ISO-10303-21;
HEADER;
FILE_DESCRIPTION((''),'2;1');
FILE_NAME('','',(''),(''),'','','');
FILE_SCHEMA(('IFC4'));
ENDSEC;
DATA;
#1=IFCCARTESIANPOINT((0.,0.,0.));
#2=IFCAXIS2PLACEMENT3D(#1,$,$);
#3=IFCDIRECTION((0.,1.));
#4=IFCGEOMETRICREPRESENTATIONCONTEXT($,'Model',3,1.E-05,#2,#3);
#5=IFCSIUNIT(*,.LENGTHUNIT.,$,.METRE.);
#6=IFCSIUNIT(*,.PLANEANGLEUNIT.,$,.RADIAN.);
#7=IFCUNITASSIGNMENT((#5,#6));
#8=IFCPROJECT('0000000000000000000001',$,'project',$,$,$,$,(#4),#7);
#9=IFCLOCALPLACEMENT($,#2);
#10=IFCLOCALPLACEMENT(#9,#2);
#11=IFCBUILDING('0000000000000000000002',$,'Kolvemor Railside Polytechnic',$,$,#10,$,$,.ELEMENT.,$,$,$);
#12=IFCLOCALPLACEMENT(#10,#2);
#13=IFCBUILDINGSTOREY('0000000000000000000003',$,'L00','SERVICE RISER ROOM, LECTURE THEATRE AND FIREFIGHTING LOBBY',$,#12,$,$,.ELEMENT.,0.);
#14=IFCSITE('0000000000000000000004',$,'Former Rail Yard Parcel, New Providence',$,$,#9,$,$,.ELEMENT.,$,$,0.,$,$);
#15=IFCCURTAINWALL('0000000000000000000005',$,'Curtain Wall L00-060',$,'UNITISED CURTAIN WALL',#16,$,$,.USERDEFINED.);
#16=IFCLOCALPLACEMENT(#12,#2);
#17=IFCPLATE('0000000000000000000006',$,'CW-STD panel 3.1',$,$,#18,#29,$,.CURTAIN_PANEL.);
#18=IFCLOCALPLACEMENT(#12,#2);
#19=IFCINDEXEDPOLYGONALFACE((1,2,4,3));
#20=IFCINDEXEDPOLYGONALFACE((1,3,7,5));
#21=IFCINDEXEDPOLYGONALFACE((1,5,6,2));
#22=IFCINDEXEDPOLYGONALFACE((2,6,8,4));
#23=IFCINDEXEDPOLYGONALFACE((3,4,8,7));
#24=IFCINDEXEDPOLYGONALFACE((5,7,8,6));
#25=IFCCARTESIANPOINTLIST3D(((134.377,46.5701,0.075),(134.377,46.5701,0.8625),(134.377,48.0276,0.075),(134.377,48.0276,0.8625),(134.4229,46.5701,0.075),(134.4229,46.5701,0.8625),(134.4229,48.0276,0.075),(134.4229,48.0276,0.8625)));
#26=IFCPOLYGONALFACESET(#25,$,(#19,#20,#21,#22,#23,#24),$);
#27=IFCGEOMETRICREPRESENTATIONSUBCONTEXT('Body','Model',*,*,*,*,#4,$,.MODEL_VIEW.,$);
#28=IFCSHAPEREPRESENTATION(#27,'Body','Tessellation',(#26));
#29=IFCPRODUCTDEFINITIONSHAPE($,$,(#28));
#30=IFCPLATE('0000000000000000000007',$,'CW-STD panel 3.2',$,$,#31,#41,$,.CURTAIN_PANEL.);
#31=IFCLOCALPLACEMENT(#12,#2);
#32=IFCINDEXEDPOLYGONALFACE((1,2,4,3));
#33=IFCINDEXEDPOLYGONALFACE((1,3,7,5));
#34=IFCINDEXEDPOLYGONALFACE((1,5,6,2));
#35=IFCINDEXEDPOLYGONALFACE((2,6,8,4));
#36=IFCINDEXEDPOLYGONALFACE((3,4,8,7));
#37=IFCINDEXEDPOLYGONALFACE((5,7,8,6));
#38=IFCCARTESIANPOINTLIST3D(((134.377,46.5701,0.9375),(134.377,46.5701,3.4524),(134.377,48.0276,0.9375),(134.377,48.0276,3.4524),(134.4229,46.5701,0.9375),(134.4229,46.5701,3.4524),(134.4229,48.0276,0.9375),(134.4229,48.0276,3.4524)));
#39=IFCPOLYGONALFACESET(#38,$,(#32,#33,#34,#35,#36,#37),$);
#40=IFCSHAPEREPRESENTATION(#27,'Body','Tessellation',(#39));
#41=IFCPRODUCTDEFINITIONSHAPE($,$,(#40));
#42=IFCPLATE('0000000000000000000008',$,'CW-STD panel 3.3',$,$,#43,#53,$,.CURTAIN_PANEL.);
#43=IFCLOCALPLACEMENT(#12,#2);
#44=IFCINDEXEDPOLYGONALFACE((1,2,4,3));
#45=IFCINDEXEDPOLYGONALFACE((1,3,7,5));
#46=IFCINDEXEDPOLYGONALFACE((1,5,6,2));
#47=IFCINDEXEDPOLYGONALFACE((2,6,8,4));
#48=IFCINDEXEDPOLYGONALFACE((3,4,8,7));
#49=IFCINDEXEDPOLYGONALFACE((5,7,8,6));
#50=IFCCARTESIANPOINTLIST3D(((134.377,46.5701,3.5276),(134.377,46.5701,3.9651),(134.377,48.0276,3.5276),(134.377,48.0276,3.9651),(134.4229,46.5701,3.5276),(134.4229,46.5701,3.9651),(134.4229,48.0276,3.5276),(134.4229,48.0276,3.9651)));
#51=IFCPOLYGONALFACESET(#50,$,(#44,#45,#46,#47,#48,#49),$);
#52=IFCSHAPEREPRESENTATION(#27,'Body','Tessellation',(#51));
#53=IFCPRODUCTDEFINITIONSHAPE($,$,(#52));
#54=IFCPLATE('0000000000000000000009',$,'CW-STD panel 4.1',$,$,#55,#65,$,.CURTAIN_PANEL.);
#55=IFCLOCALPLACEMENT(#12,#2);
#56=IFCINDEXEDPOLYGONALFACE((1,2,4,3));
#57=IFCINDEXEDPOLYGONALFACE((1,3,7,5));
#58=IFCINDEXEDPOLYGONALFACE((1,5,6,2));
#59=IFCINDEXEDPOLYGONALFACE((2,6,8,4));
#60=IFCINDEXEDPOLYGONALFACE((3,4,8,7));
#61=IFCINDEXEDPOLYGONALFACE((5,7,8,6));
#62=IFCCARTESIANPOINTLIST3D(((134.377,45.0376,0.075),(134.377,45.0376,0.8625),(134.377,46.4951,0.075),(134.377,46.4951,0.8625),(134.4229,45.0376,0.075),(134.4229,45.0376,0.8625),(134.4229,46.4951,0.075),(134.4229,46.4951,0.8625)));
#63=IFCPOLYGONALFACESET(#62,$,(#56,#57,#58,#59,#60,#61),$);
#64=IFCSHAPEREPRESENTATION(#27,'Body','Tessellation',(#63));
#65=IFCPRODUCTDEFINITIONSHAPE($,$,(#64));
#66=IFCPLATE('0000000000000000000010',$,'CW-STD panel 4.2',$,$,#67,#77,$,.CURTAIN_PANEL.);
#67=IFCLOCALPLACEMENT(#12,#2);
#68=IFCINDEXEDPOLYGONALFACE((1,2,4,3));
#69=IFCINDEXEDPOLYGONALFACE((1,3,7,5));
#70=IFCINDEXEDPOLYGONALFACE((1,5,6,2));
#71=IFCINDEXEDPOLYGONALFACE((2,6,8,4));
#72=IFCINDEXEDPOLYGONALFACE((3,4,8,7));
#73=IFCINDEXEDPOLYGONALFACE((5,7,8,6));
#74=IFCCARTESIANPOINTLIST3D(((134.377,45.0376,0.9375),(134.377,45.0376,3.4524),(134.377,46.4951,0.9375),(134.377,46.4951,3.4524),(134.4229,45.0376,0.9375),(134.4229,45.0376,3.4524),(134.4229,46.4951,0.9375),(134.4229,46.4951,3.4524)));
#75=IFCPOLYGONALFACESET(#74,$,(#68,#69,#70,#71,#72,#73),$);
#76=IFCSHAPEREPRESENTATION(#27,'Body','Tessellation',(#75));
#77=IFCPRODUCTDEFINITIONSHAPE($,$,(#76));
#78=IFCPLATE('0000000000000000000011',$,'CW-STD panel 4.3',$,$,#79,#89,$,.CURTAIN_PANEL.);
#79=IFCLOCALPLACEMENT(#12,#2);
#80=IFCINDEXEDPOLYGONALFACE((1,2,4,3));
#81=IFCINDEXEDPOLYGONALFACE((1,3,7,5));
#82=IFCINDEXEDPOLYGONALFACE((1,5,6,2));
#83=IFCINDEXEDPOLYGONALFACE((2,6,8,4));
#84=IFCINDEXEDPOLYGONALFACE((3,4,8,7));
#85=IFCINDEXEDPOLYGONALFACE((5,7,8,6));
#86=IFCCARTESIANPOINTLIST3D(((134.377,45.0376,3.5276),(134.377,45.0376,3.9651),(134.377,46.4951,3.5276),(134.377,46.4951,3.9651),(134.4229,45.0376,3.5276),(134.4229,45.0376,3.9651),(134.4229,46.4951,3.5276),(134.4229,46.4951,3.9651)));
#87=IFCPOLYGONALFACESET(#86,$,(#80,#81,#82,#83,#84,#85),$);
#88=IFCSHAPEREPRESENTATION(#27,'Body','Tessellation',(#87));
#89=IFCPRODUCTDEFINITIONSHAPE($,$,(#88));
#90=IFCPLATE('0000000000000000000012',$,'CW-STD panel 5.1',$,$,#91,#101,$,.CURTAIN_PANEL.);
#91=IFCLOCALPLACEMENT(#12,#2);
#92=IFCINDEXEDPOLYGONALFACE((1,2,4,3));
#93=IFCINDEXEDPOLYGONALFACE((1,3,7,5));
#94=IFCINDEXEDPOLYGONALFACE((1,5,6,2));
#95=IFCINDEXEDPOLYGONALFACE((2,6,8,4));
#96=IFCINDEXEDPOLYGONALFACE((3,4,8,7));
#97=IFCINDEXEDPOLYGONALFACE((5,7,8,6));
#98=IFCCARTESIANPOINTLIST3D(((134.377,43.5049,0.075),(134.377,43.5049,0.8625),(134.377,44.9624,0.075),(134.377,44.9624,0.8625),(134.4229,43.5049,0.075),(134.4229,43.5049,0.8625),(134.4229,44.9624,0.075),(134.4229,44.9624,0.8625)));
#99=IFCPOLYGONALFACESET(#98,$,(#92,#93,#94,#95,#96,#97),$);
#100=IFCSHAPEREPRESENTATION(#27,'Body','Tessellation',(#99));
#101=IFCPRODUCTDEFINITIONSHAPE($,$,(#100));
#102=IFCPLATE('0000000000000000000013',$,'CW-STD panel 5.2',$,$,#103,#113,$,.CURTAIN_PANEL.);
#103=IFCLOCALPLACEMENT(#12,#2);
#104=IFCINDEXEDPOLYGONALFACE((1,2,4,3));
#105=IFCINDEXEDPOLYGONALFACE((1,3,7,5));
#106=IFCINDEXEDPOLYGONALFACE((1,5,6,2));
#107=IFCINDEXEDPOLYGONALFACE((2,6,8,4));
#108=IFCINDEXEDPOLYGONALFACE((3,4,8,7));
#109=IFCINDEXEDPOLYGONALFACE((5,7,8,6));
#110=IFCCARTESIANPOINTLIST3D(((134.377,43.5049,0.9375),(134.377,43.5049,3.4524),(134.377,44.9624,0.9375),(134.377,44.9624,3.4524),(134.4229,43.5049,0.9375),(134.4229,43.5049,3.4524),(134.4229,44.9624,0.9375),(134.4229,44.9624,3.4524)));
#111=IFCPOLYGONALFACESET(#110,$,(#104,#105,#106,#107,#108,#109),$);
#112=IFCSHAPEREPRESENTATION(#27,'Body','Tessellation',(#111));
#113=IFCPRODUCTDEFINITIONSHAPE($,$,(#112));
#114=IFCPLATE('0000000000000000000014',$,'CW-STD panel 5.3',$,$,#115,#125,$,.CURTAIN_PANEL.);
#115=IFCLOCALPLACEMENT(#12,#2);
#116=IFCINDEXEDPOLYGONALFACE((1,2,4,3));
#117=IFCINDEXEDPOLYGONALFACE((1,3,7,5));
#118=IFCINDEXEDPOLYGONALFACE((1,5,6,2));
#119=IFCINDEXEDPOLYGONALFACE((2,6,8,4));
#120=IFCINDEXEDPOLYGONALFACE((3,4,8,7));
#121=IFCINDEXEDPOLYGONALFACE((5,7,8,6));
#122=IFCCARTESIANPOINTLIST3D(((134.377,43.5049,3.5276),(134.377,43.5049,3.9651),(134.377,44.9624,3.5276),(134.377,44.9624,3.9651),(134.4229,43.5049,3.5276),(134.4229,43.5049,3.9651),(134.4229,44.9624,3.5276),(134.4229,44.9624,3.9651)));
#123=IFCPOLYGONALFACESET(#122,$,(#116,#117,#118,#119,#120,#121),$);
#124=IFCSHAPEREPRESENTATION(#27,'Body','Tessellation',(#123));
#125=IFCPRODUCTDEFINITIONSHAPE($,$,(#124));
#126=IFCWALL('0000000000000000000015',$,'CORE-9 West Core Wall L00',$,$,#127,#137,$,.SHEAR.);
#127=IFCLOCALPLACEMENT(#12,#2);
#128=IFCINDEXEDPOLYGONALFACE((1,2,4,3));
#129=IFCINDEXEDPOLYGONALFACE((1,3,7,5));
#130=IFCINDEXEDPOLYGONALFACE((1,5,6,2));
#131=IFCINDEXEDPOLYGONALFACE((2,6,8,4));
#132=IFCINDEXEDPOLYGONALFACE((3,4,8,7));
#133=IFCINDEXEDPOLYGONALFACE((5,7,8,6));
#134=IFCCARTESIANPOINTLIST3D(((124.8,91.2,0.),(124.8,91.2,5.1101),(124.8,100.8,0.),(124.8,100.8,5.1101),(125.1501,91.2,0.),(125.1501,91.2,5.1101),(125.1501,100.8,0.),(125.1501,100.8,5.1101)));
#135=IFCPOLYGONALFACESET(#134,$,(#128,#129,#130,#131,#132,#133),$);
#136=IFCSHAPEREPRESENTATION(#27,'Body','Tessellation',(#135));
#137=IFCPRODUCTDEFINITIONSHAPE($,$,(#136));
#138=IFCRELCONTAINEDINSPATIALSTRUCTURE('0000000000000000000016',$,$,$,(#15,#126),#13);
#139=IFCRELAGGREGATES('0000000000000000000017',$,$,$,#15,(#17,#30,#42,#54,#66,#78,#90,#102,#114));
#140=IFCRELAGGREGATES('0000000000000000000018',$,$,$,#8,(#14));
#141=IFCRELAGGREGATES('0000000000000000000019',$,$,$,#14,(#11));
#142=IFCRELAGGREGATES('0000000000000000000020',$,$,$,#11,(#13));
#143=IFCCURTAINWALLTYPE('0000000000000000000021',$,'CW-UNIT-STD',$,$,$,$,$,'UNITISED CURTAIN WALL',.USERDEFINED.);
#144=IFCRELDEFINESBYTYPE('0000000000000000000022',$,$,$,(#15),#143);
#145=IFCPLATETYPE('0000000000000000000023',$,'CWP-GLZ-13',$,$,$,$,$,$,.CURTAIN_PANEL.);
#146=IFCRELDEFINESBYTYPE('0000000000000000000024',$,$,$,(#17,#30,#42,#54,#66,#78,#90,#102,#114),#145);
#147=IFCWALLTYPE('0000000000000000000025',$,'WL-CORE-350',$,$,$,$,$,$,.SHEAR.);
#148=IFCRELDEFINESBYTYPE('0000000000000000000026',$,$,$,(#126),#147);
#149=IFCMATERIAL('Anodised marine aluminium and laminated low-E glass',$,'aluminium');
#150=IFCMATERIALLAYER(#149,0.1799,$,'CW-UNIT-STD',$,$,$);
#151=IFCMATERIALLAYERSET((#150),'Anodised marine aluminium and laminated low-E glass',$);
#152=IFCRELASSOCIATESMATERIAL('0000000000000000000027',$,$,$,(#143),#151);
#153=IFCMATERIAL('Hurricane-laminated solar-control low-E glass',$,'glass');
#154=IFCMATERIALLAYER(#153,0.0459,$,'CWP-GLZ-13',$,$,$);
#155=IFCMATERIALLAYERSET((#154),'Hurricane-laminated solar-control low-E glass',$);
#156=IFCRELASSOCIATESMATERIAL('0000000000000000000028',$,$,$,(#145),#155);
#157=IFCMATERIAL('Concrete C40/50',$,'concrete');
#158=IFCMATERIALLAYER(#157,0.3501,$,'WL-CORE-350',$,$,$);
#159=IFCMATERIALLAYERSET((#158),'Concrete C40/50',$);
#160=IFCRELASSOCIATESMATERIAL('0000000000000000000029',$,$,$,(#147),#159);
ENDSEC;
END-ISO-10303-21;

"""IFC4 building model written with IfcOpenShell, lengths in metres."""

from ifc_helpers import new_model, si_unit, direction, frame, frame_2d, origin, origin_2d, place, context, subcontext, project, spatial, rectangle, extrude, material, layer, layer_set, type_object, element, aggregate, save


model = new_model("IFC4")

# Units and contexts
model_context = context("Model", 3, precision=1e-05, world=origin(), true_north=direction((0.0, 1.0)))
body_context = subcontext(model_context, "Body", "Model", "MODEL_VIEW")
ifc_project = project(units=[si_unit("LENGTHUNIT", "METRE"), si_unit("PLANEANGLEUNIT", "RADIAN")], contexts=[model_context])

# Site, building, storey
site_placement = place(None, origin())
site = spatial("IfcSite", under=ifc_project, at=site_placement, Name="Former Rail Yard Parcel, New Providence", CompositionType="ELEMENT", RefElevation=0.0)
building_placement = place(site_placement, origin())
building = spatial("IfcBuilding", under=site, at=building_placement, Name="Kolvemor Railside Polytechnic", CompositionType="ELEMENT")
storey_placement = place(building_placement, origin())
storey = spatial("IfcBuildingStorey", under=building, at=storey_placement, Name="L00", Description="SERVICE RISER ROOM, LECTURE THEATRE AND FIREFIGHTING LOBBY", CompositionType="ELEMENT", Elevation=0.0)

# Curtain wall, plates
ifc_material_1 = material(Name="Anodised marine aluminium and laminated low-E glass", Category="aluminium")
ifc_layer_1 = layer(ifc_material_1, 0.1799, Name="CW-UNIT-STD")
ifc_layer_set_1 = layer_set([ifc_layer_1], Name="Anodised marine aluminium and laminated low-E glass")
curtain_wall_type = type_object("IfcCurtainWallType", Name="CW-UNIT-STD", ElementType="UNITISED CURTAIN WALL", PredefinedType="USERDEFINED", material=ifc_layer_set_1)
curtain_wall_placement = place(storey_placement, origin())
curtain_wall = element("IfcCurtainWall", 1, at=curtain_wall_placement, inside=storey, type_object=curtain_wall_type, Name="Curtain Wall L00-060", ObjectType="UNITISED CURTAIN WALL", PredefinedType="USERDEFINED")
ifc_material_2 = material(Name="Hurricane-laminated solar-control low-E glass", Category="glass")
ifc_layer_2 = layer(ifc_material_2, 0.0459, Name="CWP-GLZ-13")
ifc_layer_set_2 = layer_set([ifc_layer_2], Name="Hurricane-laminated solar-control low-E glass")
plate_type = type_object("IfcPlateType", Name="CWP-GLZ-13", PredefinedType="CURTAIN_PANEL", material=ifc_layer_set_2)
plate_1_placement = place(storey_placement, frame((134.3999, 47.2988, 0.075), z_axis=(0.0, 0.0, 1.0), x_axis=(0.0, -1.0, 0.0)))
plate_1 = element("IfcPlate", 2, at=plate_1_placement, type_object=plate_type, Name="CW-STD panel 3.1", PredefinedType="CURTAIN_PANEL", context=body_context, shape_type="SweptSolid", body=[
    extrude(rectangle(XDim=1.4575, YDim=0.0459, at=origin_2d()), origin(), (0.0, 0.0, 1.0), 0.7876),
])
plate_2_placement = place(storey_placement, frame((134.3999, 47.2988, 0.9375), z_axis=(0.0, 0.0, 1.0), x_axis=(0.0, -1.0, 0.0)))
plate_2 = element("IfcPlate", 3, at=plate_2_placement, type_object=plate_type, Name="CW-STD panel 3.2", PredefinedType="CURTAIN_PANEL", context=body_context, shape_type="SweptSolid", body=[
    extrude(rectangle(XDim=1.4575, YDim=0.0459, at=origin_2d()), origin(), (0.0, 0.0, 1.0), 2.5149),
])
plate_3_placement = place(storey_placement, frame((134.3999, 47.2988, 3.5276), z_axis=(0.0, 0.0, 1.0), x_axis=(0.0, -1.0, 0.0)))
plate_3 = element("IfcPlate", 4, at=plate_3_placement, type_object=plate_type, Name="CW-STD panel 3.3", PredefinedType="CURTAIN_PANEL", context=body_context, shape_type="SweptSolid", body=[
    extrude(rectangle(XDim=1.4575, YDim=0.0459, at=origin_2d()), origin(), (0.0, 0.0, 1.0), 0.4375),
])
plate_4_placement = place(storey_placement, frame((134.3999, 45.7664, 0.075), z_axis=(0.0, 0.0, 1.0), x_axis=(0.0, -1.0, 0.0)))
plate_4 = element("IfcPlate", 5, at=plate_4_placement, type_object=plate_type, Name="CW-STD panel 4.1", PredefinedType="CURTAIN_PANEL", context=body_context, shape_type="SweptSolid", body=[
    extrude(rectangle(XDim=1.4575, YDim=0.0459, at=origin_2d()), origin(), (0.0, 0.0, 1.0), 0.7876),
])
plate_5_placement = place(storey_placement, frame((134.3999, 45.7664, 0.9375), z_axis=(0.0, 0.0, 1.0), x_axis=(0.0, -1.0, 0.0)))
plate_5 = element("IfcPlate", 6, at=plate_5_placement, type_object=plate_type, Name="CW-STD panel 4.2", PredefinedType="CURTAIN_PANEL", context=body_context, shape_type="SweptSolid", body=[
    extrude(rectangle(XDim=1.4575, YDim=0.0459, at=origin_2d()), origin(), (0.0, 0.0, 1.0), 2.5149),
])
plate_6_placement = place(storey_placement, frame((134.3999, 45.7664, 3.5276), z_axis=(0.0, 0.0, 1.0), x_axis=(0.0, -1.0, 0.0)))
plate_6 = element("IfcPlate", 7, at=plate_6_placement, type_object=plate_type, Name="CW-STD panel 4.3", PredefinedType="CURTAIN_PANEL", context=body_context, shape_type="SweptSolid", body=[
    extrude(rectangle(XDim=1.4575, YDim=0.0459, at=origin_2d()), origin(), (0.0, 0.0, 1.0), 0.4375),
])
plate_7_placement = place(storey_placement, frame((134.3999, 44.2336, 0.075), z_axis=(0.0, 0.0, 1.0), x_axis=(0.0, -1.0, 0.0)))
plate_7 = element("IfcPlate", 8, at=plate_7_placement, type_object=plate_type, Name="CW-STD panel 5.1", PredefinedType="CURTAIN_PANEL", context=body_context, shape_type="SweptSolid", body=[
    extrude(rectangle(XDim=1.4575, YDim=0.0459, at=origin_2d()), origin(), (0.0, 0.0, 1.0), 0.7876),
])
plate_8_placement = place(storey_placement, frame((134.3999, 44.2336, 0.9375), z_axis=(0.0, 0.0, 1.0), x_axis=(0.0, -1.0, 0.0)))
plate_8 = element("IfcPlate", 9, at=plate_8_placement, type_object=plate_type, Name="CW-STD panel 5.2", PredefinedType="CURTAIN_PANEL", context=body_context, shape_type="SweptSolid", body=[
    extrude(rectangle(XDim=1.4575, YDim=0.0459, at=origin_2d()), origin(), (0.0, 0.0, 1.0), 2.5149),
])
plate_9_placement = place(storey_placement, frame((134.3999, 44.2336, 3.5276), z_axis=(0.0, 0.0, 1.0), x_axis=(0.0, -1.0, 0.0)))
plate_9 = element("IfcPlate", 10, at=plate_9_placement, type_object=plate_type, Name="CW-STD panel 5.3", PredefinedType="CURTAIN_PANEL", context=body_context, shape_type="SweptSolid", body=[
    extrude(rectangle(XDim=1.4575, YDim=0.0459, at=origin_2d()), origin(), (0.0, 0.0, 1.0), 0.4375),
])
aggregate(curtain_wall, [plate_1, plate_2, plate_3, plate_4, plate_5, plate_6, plate_7, plate_8, plate_9])

# Wall
ifc_material_3 = material(Name="Concrete C40/50", Category="concrete")
ifc_layer_3 = layer(ifc_material_3, 0.3501, Name="WL-CORE-350")
ifc_layer_set_3 = layer_set([ifc_layer_3], Name="Concrete C40/50")
wall_type = type_object("IfcWallType", Name="WL-CORE-350", PredefinedType="SHEAR", material=ifc_layer_set_3)
wall_placement = place(storey_placement, frame((124.9751, 91.2, 0.0), z_axis=(0.0, 0.0, 1.0), x_axis=(0.0, 1.0, 0.0)))
element("IfcWall", 11, at=wall_placement, inside=storey, type_object=wall_type, Name="CORE-9 West Core Wall L00", PredefinedType="SHEAR", context=body_context, shape_type="SweptSolid", body=[
    extrude(rectangle(XDim=9.6001, YDim=0.3501, at=frame_2d((4.8, 0.0))), origin(), (0.0, 0.0, 1.0), 5.1101),
])

save(model, "model.ifc")
